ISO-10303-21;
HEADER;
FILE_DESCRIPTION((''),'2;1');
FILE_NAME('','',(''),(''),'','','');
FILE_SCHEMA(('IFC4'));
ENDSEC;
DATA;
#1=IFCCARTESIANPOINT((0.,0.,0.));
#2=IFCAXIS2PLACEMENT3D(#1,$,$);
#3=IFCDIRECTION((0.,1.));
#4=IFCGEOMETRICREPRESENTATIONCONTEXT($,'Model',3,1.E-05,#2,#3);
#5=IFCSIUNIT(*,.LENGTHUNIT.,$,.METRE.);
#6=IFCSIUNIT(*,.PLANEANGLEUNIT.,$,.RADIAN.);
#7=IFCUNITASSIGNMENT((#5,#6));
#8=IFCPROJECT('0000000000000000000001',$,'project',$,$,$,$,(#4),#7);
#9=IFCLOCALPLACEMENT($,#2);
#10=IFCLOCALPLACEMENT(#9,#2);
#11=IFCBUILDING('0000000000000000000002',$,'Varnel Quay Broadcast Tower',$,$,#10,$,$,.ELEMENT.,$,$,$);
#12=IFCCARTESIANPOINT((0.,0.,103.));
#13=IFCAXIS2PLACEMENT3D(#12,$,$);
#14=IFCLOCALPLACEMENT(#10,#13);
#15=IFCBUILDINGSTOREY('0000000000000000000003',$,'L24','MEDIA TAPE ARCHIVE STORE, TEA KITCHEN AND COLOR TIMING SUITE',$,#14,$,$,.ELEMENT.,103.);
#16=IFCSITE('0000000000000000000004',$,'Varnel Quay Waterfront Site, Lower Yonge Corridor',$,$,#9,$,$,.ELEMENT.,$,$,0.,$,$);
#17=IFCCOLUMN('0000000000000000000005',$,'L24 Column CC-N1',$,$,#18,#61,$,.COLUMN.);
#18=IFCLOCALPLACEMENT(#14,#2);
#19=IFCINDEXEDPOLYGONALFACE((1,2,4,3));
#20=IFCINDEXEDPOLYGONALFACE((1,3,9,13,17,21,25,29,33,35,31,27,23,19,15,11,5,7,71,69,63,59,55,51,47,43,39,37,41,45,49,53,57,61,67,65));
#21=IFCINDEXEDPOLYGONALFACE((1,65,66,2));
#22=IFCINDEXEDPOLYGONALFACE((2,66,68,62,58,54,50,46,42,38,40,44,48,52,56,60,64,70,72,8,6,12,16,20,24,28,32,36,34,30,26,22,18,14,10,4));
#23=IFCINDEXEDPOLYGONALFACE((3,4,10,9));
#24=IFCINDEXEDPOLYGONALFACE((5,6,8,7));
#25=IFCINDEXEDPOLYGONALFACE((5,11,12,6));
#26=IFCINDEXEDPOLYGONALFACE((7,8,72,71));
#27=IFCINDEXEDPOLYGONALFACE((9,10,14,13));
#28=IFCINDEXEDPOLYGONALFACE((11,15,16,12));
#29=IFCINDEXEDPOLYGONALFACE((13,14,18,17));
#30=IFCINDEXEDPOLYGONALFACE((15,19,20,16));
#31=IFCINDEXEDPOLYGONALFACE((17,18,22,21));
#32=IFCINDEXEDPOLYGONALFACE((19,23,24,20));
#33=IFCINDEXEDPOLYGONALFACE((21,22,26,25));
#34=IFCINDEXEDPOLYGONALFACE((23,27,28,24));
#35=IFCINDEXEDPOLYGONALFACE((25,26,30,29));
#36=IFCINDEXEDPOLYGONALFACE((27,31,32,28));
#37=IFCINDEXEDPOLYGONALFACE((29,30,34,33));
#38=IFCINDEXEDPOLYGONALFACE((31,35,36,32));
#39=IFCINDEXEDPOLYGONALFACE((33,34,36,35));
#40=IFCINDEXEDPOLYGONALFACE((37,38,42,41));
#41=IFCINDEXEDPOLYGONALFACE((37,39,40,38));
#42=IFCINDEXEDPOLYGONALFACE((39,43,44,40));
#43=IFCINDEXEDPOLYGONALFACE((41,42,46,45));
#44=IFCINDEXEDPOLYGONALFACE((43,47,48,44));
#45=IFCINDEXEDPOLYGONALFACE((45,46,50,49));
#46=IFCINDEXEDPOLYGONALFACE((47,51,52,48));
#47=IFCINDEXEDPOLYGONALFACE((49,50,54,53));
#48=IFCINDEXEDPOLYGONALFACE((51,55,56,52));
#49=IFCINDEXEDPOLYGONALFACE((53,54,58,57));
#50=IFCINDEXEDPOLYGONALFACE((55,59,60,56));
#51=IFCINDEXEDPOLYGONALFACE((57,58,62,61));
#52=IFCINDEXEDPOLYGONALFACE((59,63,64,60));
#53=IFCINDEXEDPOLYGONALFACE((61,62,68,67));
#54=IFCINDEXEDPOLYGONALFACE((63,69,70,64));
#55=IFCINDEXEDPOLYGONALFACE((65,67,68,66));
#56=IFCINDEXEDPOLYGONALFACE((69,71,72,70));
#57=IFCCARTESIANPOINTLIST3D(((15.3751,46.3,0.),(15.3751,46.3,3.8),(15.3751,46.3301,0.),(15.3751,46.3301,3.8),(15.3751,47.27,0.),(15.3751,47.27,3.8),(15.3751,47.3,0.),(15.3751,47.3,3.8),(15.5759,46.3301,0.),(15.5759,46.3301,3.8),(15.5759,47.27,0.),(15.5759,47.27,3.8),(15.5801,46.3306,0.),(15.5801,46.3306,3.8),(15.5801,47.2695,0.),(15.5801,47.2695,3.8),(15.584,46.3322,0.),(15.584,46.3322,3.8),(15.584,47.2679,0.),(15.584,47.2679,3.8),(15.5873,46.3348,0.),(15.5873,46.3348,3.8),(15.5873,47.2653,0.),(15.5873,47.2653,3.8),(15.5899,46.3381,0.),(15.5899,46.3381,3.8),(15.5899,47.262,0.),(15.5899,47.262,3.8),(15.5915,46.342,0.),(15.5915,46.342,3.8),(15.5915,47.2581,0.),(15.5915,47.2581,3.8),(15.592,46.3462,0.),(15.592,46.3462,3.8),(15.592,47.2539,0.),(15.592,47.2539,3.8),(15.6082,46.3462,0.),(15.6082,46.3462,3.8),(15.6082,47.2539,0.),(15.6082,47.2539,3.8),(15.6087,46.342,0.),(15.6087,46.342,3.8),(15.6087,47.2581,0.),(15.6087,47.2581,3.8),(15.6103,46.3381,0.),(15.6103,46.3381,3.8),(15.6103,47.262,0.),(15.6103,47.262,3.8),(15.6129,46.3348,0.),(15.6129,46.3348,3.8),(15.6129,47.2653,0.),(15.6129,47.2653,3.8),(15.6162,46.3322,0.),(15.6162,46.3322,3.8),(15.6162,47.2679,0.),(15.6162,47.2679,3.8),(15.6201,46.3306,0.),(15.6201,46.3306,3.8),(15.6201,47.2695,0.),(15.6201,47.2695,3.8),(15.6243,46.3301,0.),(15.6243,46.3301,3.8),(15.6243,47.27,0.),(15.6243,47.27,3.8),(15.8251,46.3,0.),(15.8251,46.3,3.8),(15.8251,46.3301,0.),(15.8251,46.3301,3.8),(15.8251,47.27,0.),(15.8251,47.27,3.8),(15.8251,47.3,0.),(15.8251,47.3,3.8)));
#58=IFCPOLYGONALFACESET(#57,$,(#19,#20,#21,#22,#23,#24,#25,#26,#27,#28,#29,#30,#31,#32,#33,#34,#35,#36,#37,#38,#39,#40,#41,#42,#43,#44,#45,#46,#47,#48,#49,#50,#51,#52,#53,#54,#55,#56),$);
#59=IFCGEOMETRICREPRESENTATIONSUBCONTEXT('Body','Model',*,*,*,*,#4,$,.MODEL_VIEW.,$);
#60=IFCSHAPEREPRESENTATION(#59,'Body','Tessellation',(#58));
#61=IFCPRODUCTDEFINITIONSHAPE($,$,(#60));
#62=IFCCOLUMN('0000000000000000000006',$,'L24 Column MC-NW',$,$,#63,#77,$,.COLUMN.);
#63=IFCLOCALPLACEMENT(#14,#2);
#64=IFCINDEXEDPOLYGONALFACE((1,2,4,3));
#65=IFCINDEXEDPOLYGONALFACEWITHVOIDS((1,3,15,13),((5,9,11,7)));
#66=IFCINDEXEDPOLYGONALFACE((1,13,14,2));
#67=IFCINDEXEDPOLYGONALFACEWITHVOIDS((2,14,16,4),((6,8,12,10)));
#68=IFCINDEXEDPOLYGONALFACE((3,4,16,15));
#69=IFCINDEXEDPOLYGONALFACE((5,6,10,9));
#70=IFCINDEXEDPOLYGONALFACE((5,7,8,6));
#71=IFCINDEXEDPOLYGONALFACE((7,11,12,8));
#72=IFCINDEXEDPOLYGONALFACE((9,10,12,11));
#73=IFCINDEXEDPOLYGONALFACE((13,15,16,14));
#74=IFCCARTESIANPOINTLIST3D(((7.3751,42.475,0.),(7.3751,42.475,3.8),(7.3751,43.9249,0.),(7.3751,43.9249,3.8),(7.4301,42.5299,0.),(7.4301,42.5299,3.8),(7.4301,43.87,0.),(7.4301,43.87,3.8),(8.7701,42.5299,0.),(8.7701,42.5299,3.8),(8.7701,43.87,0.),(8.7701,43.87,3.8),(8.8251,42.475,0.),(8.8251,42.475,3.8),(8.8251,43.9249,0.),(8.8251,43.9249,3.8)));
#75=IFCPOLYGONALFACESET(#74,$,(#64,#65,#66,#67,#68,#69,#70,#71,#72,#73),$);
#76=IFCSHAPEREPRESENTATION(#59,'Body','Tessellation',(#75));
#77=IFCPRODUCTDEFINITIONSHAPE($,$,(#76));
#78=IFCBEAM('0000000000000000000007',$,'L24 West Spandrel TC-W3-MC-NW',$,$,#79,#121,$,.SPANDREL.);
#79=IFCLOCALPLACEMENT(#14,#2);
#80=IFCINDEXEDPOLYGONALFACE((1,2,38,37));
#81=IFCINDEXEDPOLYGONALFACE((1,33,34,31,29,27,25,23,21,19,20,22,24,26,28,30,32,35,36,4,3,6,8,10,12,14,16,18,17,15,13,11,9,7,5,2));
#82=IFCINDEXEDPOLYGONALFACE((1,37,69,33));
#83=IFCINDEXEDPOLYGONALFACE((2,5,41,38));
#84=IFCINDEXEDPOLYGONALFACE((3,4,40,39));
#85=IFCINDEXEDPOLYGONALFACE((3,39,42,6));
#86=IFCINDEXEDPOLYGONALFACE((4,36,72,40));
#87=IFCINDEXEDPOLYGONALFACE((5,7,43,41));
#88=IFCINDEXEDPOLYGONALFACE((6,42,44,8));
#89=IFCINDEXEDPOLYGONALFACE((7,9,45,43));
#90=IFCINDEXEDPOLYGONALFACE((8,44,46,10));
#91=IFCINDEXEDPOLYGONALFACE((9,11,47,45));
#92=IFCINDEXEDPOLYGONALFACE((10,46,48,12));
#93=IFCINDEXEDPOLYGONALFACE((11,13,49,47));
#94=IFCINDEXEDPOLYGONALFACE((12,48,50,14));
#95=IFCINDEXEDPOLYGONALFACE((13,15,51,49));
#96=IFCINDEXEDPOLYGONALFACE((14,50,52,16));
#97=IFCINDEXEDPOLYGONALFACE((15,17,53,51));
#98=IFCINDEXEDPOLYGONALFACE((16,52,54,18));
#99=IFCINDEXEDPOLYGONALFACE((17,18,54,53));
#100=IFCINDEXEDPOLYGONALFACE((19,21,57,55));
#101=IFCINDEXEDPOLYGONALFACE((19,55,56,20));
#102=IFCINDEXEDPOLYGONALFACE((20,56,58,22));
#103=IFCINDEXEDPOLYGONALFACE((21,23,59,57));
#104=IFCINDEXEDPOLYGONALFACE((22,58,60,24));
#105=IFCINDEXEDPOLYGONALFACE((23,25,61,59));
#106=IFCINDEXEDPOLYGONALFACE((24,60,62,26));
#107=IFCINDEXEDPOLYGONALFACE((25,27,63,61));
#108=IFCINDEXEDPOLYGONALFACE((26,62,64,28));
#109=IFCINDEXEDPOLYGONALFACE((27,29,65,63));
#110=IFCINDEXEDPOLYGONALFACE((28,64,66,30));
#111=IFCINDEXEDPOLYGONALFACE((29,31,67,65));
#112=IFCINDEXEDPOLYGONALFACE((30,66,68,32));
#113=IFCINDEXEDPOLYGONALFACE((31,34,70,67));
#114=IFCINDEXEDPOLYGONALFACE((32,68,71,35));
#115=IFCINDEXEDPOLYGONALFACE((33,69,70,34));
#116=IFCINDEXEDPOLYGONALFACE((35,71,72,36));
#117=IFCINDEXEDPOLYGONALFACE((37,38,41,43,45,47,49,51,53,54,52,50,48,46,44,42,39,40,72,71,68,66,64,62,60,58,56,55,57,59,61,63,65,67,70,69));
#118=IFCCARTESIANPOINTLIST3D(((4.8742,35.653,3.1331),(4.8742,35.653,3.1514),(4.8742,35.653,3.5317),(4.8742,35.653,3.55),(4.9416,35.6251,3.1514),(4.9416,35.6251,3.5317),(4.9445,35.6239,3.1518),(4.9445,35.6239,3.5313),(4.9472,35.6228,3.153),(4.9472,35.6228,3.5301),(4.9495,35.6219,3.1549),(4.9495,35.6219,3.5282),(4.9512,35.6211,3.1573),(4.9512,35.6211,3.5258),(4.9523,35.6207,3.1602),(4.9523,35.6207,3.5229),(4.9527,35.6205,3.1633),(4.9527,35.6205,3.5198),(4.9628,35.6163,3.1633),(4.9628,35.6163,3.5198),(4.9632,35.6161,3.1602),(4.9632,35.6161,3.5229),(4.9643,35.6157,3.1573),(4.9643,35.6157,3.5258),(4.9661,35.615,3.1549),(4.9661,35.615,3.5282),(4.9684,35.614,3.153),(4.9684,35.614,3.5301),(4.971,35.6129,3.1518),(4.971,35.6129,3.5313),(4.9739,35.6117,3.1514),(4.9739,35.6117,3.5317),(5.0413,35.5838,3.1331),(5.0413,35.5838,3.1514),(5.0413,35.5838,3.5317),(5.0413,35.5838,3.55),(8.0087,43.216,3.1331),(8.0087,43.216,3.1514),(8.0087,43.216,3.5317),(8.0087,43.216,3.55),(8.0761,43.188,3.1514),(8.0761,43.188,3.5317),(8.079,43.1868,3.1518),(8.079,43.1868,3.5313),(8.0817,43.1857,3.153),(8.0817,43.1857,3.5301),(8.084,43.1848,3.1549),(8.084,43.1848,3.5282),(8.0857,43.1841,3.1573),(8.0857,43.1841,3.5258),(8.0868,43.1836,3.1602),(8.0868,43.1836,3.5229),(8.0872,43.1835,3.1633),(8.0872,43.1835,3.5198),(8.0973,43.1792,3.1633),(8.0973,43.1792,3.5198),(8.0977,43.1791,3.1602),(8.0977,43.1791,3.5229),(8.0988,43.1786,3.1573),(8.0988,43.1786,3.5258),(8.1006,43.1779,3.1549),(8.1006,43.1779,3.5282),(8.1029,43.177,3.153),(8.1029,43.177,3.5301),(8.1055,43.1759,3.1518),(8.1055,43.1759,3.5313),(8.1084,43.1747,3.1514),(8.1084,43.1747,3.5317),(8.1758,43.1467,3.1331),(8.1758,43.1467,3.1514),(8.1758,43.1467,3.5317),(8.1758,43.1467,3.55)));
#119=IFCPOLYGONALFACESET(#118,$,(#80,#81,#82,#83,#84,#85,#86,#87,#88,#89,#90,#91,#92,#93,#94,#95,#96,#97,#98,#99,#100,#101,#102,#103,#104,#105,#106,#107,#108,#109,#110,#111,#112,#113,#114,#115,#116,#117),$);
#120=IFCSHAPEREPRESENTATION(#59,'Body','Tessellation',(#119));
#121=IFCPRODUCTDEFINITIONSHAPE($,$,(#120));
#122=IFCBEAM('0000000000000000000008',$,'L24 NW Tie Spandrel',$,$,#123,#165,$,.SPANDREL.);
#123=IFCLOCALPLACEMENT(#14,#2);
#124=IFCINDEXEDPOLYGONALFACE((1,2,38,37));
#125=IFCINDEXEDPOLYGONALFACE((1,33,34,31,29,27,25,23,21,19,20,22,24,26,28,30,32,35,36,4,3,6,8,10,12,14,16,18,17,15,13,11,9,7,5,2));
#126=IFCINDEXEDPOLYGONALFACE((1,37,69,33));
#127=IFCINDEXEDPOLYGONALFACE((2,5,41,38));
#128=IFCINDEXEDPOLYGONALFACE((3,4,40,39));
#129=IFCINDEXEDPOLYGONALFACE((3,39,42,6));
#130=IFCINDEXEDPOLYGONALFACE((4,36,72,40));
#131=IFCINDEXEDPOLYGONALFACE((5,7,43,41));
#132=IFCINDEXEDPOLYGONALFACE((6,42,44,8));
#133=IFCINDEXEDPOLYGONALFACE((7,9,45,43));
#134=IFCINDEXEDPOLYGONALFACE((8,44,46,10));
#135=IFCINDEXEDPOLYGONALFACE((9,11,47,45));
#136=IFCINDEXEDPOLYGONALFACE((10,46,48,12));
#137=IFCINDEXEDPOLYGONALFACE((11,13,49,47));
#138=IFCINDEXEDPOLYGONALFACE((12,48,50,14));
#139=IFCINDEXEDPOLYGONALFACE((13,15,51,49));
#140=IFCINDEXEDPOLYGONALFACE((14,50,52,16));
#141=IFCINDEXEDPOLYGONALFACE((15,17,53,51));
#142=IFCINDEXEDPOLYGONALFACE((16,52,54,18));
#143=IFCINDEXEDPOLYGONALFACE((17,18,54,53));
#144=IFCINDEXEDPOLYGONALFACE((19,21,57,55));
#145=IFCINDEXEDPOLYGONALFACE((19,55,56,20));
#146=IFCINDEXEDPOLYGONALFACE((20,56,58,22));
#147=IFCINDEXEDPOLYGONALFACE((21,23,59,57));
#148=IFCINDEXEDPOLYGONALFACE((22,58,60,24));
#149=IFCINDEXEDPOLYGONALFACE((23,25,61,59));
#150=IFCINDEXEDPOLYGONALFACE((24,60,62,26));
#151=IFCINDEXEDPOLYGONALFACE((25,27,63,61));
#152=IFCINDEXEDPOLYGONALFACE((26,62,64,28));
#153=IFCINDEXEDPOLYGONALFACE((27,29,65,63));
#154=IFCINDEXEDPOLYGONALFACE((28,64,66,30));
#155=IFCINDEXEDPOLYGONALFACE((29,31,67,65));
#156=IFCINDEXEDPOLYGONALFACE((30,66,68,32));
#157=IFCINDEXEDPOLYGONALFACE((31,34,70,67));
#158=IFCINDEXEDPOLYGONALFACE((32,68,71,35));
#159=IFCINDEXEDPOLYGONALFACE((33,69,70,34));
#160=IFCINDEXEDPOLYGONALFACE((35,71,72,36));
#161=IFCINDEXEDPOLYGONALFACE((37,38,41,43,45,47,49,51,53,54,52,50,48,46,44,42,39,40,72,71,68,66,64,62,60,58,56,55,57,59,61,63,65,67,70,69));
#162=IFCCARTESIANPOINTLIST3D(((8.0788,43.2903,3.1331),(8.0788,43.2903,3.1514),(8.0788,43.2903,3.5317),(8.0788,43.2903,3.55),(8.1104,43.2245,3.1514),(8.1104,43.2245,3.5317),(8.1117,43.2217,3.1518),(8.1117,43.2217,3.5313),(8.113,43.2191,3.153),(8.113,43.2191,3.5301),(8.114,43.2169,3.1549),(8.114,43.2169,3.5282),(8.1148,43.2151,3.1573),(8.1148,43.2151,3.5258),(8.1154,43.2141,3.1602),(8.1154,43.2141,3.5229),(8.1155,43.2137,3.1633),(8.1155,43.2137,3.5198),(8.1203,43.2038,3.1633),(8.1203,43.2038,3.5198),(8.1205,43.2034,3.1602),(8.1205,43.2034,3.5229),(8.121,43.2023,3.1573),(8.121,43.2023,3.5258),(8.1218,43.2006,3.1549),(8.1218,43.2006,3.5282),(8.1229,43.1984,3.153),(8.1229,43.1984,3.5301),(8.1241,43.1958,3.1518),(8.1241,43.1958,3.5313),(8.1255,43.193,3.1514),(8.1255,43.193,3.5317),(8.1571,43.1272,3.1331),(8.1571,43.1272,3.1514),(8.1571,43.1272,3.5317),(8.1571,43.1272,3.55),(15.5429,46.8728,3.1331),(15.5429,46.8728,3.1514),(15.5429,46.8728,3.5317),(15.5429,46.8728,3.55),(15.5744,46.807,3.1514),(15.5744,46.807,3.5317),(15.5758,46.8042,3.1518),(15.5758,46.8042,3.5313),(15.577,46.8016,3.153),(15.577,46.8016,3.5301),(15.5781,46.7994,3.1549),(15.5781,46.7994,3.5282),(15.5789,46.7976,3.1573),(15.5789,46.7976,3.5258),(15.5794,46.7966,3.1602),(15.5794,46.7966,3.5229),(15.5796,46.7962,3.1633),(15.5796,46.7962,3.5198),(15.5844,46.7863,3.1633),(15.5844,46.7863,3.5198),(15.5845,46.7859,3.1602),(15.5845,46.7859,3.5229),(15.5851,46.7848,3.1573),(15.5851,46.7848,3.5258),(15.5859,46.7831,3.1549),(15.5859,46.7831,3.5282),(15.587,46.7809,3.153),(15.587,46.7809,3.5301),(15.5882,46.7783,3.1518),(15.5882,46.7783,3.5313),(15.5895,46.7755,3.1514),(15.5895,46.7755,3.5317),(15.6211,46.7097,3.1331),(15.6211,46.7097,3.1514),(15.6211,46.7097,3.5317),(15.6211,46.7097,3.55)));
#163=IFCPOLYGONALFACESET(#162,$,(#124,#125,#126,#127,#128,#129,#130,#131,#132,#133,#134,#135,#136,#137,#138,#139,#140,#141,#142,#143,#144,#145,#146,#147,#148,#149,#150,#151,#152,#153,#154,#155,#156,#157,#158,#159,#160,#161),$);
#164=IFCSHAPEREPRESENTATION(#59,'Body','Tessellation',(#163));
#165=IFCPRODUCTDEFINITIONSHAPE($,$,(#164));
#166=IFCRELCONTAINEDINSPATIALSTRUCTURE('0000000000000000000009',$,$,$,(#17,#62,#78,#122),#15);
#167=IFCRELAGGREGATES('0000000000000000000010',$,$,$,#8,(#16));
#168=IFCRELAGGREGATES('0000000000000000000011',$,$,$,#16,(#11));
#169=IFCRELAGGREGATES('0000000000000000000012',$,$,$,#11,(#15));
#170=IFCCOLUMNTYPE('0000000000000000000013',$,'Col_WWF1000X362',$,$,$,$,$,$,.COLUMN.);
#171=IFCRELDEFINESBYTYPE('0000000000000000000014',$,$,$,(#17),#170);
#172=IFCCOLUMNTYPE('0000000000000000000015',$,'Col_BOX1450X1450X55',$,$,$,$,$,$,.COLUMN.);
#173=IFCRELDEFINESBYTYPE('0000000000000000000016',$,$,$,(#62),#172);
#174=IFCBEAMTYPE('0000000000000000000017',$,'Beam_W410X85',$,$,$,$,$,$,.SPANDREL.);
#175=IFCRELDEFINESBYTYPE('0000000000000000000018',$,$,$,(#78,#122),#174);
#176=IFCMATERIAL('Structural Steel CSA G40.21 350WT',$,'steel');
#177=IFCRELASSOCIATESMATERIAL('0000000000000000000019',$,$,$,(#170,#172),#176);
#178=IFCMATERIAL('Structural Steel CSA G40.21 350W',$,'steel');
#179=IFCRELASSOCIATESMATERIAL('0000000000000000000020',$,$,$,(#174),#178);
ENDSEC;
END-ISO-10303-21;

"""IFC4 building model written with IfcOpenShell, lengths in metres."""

from ifc_helpers import new_model, si_unit, direction, frame, origin, origin_2d, place, context, subcontext, project, spatial, hollow_rectangle, i_section, extrude, source, transform, mapped, material, material_profile, profile_set, type_object, type_shapes, element, save


model = new_model("IFC4")

# Units and contexts
model_context = context("Model", 3, precision=1e-05, world=origin(), true_north=direction((0.0, 1.0)))
body_context = subcontext(model_context, "Body", "Model", "MODEL_VIEW")
ifc_project = project(units=[si_unit("LENGTHUNIT", "METRE"), si_unit("PLANEANGLEUNIT", "RADIAN")], contexts=[model_context])

# Site, building, storey
site_placement = place(None, origin())
site = spatial("IfcSite", under=ifc_project, at=site_placement, Name="Varnel Quay Waterfront Site, Lower Yonge Corridor", CompositionType="ELEMENT", RefElevation=0.0)
building_placement = place(site_placement, origin())
building = spatial("IfcBuilding", under=site, at=building_placement, Name="Varnel Quay Broadcast Tower", CompositionType="ELEMENT")
storey_placement = place(building_placement, frame((0.0, 0.0, 103.0)))
storey = spatial("IfcBuildingStorey", under=building, at=storey_placement, Name="L24", Description="MEDIA TAPE ARCHIVE STORE, TEA KITCHEN AND COLOR TIMING SUITE", CompositionType="ELEMENT", Elevation=103.0)

# Columns
ifc_material_1 = material(Name="Structural Steel CSA G40.21 350WT", Category="steel")
ifc_material_profile_1 = material_profile(ifc_material_1, i_section(OverallWidth=0.45, OverallDepth=1.0, WebThickness=0.0161, FlangeThickness=0.03, FilletRadius=0.0161, at=origin_2d()), Name="WWF1000X362")
ifc_profile_set_1 = profile_set([ifc_material_profile_1], Name="Structural Steel CSA G40.21 350WT")
column_type_1 = type_object("IfcColumnType", Name="Col_WWF1000X362", PredefinedType="COLUMN", material=ifc_profile_set_1)
shared_shape_1 = source(origin(), body_context, "Body", "SweptSolid", [
    extrude(i_section(OverallWidth=0.45, OverallDepth=1.0, WebThickness=0.0161, FlangeThickness=0.03, FilletRadius=0.0161, at=origin_2d()), origin(), (0.0, 0.0, 1.0), 3.8),
])
type_shapes(column_type_1, [shared_shape_1])
column_1_placement = place(storey_placement, frame((15.6001, 46.8, 0.0), z_axis=(0.0, 0.0, 1.0), x_axis=(1.0, 0.0, 0.0)))
element("IfcColumn", 1, at=column_1_placement, inside=storey, type_object=column_type_1, Name="L24 Column CC-N1", PredefinedType="COLUMN", context=body_context, shape_type="MappedRepresentation", body=[
    mapped(shared_shape_1, transform((0.0, 0.0, 0.0), x_axis=(1.0, 0.0, 0.0), y_axis=(0.0, 1.0, 0.0), z_axis=(0.0, 0.0, 1.0), scale=1.0)),
])
ifc_material_profile_2 = material_profile(ifc_material_1, hollow_rectangle(XDim=1.45, YDim=1.45, WallThickness=0.0549, at=origin_2d()), Name="BOX1450X1450X55")
ifc_profile_set_2 = profile_set([ifc_material_profile_2], Name="Structural Steel CSA G40.21 350WT")
column_type_2 = type_object("IfcColumnType", Name="Col_BOX1450X1450X55", PredefinedType="COLUMN", material=ifc_profile_set_2)
shared_shape_2 = source(origin(), body_context, "Body", "SweptSolid", [
    extrude(hollow_rectangle(XDim=1.45, YDim=1.45, WallThickness=0.0549, at=origin_2d()), origin(), (0.0, 0.0, 1.0), 3.8),
])
type_shapes(column_type_2, [shared_shape_2])
column_2_placement = place(storey_placement, frame((8.1001, 43.2, 0.0), z_axis=(0.0, 0.0, 1.0), x_axis=(1.0, 0.0, 0.0)))
element("IfcColumn", 2, at=column_2_placement, inside=storey, type_object=column_type_2, Name="L24 Column MC-NW", PredefinedType="COLUMN", context=body_context, shape_type="MappedRepresentation", body=[
    mapped(shared_shape_2, transform((0.0, 0.0, 0.0), x_axis=(1.0, 0.0, 0.0), y_axis=(0.0, 1.0, 0.0), z_axis=(0.0, 0.0, 1.0), scale=1.0)),
])

# Beams
ifc_material_2 = material(Name="Structural Steel CSA G40.21 350W", Category="steel")
ifc_material_profile_3 = material_profile(ifc_material_2, i_section(OverallWidth=0.1809, OverallDepth=0.417, WebThickness=0.011, FlangeThickness=0.0183, FilletRadius=0.012, at=origin_2d()), Name="W410X85")
ifc_profile_set_3 = profile_set([ifc_material_profile_3], Name="Structural Steel CSA G40.21 350W")
beam_type = type_object("IfcBeamType", Name="Beam_W410X85", PredefinedType="SPANDREL", material=ifc_profile_set_3)
shared_shape_3 = source(origin(), body_context, "Body", "SweptSolid", [
    extrude(i_section(OverallWidth=0.1809, OverallDepth=0.417, WebThickness=0.011, FlangeThickness=0.0183, FilletRadius=0.012, at=origin_2d()), origin(), (0.0, 0.0, 1.0), 8.1868),
])
beam_1_placement = place(storey_placement, frame((4.9578, 35.6184, 3.3416), z_axis=(0.382874, 0.923801, 0.0), x_axis=(-0.923801, 0.382874, 0.0)))
element("IfcBeam", 3, at=beam_1_placement, inside=storey, type_object=beam_type, Name="L24 West Spandrel TC-W3-MC-NW", PredefinedType="SPANDREL", context=body_context, shape_type="MappedRepresentation", body=[
    mapped(shared_shape_3, transform((0.0, 0.0, 0.0), x_axis=(1.0, 0.0, 0.0), y_axis=(0.0, 1.0, 0.0), z_axis=(0.0, 0.0, 1.0), scale=1.0)),
])
shared_shape_4 = source(origin(), body_context, "Body", "SweptSolid", [
    extrude(i_section(OverallWidth=0.1809, OverallDepth=0.417, WebThickness=0.011, FlangeThickness=0.0183, FilletRadius=0.012, at=origin_2d()), origin(), (0.0, 0.0, 1.0), 8.2793),
])
type_shapes(beam_type, [shared_shape_3, shared_shape_4])
beam_2_placement = place(storey_placement, frame((8.1179, 43.2087, 3.3416), z_axis=(0.901535, 0.432706, 0.0), x_axis=(-0.432706, 0.901535, 0.0)))
element("IfcBeam", 4, at=beam_2_placement, inside=storey, type_object=beam_type, Name="L24 NW Tie Spandrel", PredefinedType="SPANDREL", context=body_context, shape_type="MappedRepresentation", body=[
    mapped(shared_shape_4, transform((0.0, 0.0, 0.0), x_axis=(1.0, 0.0, 0.0), y_axis=(0.0, 1.0, 0.0), z_axis=(0.0, 0.0, 1.0), scale=1.0)),
])

save(model, "model.ifc")
